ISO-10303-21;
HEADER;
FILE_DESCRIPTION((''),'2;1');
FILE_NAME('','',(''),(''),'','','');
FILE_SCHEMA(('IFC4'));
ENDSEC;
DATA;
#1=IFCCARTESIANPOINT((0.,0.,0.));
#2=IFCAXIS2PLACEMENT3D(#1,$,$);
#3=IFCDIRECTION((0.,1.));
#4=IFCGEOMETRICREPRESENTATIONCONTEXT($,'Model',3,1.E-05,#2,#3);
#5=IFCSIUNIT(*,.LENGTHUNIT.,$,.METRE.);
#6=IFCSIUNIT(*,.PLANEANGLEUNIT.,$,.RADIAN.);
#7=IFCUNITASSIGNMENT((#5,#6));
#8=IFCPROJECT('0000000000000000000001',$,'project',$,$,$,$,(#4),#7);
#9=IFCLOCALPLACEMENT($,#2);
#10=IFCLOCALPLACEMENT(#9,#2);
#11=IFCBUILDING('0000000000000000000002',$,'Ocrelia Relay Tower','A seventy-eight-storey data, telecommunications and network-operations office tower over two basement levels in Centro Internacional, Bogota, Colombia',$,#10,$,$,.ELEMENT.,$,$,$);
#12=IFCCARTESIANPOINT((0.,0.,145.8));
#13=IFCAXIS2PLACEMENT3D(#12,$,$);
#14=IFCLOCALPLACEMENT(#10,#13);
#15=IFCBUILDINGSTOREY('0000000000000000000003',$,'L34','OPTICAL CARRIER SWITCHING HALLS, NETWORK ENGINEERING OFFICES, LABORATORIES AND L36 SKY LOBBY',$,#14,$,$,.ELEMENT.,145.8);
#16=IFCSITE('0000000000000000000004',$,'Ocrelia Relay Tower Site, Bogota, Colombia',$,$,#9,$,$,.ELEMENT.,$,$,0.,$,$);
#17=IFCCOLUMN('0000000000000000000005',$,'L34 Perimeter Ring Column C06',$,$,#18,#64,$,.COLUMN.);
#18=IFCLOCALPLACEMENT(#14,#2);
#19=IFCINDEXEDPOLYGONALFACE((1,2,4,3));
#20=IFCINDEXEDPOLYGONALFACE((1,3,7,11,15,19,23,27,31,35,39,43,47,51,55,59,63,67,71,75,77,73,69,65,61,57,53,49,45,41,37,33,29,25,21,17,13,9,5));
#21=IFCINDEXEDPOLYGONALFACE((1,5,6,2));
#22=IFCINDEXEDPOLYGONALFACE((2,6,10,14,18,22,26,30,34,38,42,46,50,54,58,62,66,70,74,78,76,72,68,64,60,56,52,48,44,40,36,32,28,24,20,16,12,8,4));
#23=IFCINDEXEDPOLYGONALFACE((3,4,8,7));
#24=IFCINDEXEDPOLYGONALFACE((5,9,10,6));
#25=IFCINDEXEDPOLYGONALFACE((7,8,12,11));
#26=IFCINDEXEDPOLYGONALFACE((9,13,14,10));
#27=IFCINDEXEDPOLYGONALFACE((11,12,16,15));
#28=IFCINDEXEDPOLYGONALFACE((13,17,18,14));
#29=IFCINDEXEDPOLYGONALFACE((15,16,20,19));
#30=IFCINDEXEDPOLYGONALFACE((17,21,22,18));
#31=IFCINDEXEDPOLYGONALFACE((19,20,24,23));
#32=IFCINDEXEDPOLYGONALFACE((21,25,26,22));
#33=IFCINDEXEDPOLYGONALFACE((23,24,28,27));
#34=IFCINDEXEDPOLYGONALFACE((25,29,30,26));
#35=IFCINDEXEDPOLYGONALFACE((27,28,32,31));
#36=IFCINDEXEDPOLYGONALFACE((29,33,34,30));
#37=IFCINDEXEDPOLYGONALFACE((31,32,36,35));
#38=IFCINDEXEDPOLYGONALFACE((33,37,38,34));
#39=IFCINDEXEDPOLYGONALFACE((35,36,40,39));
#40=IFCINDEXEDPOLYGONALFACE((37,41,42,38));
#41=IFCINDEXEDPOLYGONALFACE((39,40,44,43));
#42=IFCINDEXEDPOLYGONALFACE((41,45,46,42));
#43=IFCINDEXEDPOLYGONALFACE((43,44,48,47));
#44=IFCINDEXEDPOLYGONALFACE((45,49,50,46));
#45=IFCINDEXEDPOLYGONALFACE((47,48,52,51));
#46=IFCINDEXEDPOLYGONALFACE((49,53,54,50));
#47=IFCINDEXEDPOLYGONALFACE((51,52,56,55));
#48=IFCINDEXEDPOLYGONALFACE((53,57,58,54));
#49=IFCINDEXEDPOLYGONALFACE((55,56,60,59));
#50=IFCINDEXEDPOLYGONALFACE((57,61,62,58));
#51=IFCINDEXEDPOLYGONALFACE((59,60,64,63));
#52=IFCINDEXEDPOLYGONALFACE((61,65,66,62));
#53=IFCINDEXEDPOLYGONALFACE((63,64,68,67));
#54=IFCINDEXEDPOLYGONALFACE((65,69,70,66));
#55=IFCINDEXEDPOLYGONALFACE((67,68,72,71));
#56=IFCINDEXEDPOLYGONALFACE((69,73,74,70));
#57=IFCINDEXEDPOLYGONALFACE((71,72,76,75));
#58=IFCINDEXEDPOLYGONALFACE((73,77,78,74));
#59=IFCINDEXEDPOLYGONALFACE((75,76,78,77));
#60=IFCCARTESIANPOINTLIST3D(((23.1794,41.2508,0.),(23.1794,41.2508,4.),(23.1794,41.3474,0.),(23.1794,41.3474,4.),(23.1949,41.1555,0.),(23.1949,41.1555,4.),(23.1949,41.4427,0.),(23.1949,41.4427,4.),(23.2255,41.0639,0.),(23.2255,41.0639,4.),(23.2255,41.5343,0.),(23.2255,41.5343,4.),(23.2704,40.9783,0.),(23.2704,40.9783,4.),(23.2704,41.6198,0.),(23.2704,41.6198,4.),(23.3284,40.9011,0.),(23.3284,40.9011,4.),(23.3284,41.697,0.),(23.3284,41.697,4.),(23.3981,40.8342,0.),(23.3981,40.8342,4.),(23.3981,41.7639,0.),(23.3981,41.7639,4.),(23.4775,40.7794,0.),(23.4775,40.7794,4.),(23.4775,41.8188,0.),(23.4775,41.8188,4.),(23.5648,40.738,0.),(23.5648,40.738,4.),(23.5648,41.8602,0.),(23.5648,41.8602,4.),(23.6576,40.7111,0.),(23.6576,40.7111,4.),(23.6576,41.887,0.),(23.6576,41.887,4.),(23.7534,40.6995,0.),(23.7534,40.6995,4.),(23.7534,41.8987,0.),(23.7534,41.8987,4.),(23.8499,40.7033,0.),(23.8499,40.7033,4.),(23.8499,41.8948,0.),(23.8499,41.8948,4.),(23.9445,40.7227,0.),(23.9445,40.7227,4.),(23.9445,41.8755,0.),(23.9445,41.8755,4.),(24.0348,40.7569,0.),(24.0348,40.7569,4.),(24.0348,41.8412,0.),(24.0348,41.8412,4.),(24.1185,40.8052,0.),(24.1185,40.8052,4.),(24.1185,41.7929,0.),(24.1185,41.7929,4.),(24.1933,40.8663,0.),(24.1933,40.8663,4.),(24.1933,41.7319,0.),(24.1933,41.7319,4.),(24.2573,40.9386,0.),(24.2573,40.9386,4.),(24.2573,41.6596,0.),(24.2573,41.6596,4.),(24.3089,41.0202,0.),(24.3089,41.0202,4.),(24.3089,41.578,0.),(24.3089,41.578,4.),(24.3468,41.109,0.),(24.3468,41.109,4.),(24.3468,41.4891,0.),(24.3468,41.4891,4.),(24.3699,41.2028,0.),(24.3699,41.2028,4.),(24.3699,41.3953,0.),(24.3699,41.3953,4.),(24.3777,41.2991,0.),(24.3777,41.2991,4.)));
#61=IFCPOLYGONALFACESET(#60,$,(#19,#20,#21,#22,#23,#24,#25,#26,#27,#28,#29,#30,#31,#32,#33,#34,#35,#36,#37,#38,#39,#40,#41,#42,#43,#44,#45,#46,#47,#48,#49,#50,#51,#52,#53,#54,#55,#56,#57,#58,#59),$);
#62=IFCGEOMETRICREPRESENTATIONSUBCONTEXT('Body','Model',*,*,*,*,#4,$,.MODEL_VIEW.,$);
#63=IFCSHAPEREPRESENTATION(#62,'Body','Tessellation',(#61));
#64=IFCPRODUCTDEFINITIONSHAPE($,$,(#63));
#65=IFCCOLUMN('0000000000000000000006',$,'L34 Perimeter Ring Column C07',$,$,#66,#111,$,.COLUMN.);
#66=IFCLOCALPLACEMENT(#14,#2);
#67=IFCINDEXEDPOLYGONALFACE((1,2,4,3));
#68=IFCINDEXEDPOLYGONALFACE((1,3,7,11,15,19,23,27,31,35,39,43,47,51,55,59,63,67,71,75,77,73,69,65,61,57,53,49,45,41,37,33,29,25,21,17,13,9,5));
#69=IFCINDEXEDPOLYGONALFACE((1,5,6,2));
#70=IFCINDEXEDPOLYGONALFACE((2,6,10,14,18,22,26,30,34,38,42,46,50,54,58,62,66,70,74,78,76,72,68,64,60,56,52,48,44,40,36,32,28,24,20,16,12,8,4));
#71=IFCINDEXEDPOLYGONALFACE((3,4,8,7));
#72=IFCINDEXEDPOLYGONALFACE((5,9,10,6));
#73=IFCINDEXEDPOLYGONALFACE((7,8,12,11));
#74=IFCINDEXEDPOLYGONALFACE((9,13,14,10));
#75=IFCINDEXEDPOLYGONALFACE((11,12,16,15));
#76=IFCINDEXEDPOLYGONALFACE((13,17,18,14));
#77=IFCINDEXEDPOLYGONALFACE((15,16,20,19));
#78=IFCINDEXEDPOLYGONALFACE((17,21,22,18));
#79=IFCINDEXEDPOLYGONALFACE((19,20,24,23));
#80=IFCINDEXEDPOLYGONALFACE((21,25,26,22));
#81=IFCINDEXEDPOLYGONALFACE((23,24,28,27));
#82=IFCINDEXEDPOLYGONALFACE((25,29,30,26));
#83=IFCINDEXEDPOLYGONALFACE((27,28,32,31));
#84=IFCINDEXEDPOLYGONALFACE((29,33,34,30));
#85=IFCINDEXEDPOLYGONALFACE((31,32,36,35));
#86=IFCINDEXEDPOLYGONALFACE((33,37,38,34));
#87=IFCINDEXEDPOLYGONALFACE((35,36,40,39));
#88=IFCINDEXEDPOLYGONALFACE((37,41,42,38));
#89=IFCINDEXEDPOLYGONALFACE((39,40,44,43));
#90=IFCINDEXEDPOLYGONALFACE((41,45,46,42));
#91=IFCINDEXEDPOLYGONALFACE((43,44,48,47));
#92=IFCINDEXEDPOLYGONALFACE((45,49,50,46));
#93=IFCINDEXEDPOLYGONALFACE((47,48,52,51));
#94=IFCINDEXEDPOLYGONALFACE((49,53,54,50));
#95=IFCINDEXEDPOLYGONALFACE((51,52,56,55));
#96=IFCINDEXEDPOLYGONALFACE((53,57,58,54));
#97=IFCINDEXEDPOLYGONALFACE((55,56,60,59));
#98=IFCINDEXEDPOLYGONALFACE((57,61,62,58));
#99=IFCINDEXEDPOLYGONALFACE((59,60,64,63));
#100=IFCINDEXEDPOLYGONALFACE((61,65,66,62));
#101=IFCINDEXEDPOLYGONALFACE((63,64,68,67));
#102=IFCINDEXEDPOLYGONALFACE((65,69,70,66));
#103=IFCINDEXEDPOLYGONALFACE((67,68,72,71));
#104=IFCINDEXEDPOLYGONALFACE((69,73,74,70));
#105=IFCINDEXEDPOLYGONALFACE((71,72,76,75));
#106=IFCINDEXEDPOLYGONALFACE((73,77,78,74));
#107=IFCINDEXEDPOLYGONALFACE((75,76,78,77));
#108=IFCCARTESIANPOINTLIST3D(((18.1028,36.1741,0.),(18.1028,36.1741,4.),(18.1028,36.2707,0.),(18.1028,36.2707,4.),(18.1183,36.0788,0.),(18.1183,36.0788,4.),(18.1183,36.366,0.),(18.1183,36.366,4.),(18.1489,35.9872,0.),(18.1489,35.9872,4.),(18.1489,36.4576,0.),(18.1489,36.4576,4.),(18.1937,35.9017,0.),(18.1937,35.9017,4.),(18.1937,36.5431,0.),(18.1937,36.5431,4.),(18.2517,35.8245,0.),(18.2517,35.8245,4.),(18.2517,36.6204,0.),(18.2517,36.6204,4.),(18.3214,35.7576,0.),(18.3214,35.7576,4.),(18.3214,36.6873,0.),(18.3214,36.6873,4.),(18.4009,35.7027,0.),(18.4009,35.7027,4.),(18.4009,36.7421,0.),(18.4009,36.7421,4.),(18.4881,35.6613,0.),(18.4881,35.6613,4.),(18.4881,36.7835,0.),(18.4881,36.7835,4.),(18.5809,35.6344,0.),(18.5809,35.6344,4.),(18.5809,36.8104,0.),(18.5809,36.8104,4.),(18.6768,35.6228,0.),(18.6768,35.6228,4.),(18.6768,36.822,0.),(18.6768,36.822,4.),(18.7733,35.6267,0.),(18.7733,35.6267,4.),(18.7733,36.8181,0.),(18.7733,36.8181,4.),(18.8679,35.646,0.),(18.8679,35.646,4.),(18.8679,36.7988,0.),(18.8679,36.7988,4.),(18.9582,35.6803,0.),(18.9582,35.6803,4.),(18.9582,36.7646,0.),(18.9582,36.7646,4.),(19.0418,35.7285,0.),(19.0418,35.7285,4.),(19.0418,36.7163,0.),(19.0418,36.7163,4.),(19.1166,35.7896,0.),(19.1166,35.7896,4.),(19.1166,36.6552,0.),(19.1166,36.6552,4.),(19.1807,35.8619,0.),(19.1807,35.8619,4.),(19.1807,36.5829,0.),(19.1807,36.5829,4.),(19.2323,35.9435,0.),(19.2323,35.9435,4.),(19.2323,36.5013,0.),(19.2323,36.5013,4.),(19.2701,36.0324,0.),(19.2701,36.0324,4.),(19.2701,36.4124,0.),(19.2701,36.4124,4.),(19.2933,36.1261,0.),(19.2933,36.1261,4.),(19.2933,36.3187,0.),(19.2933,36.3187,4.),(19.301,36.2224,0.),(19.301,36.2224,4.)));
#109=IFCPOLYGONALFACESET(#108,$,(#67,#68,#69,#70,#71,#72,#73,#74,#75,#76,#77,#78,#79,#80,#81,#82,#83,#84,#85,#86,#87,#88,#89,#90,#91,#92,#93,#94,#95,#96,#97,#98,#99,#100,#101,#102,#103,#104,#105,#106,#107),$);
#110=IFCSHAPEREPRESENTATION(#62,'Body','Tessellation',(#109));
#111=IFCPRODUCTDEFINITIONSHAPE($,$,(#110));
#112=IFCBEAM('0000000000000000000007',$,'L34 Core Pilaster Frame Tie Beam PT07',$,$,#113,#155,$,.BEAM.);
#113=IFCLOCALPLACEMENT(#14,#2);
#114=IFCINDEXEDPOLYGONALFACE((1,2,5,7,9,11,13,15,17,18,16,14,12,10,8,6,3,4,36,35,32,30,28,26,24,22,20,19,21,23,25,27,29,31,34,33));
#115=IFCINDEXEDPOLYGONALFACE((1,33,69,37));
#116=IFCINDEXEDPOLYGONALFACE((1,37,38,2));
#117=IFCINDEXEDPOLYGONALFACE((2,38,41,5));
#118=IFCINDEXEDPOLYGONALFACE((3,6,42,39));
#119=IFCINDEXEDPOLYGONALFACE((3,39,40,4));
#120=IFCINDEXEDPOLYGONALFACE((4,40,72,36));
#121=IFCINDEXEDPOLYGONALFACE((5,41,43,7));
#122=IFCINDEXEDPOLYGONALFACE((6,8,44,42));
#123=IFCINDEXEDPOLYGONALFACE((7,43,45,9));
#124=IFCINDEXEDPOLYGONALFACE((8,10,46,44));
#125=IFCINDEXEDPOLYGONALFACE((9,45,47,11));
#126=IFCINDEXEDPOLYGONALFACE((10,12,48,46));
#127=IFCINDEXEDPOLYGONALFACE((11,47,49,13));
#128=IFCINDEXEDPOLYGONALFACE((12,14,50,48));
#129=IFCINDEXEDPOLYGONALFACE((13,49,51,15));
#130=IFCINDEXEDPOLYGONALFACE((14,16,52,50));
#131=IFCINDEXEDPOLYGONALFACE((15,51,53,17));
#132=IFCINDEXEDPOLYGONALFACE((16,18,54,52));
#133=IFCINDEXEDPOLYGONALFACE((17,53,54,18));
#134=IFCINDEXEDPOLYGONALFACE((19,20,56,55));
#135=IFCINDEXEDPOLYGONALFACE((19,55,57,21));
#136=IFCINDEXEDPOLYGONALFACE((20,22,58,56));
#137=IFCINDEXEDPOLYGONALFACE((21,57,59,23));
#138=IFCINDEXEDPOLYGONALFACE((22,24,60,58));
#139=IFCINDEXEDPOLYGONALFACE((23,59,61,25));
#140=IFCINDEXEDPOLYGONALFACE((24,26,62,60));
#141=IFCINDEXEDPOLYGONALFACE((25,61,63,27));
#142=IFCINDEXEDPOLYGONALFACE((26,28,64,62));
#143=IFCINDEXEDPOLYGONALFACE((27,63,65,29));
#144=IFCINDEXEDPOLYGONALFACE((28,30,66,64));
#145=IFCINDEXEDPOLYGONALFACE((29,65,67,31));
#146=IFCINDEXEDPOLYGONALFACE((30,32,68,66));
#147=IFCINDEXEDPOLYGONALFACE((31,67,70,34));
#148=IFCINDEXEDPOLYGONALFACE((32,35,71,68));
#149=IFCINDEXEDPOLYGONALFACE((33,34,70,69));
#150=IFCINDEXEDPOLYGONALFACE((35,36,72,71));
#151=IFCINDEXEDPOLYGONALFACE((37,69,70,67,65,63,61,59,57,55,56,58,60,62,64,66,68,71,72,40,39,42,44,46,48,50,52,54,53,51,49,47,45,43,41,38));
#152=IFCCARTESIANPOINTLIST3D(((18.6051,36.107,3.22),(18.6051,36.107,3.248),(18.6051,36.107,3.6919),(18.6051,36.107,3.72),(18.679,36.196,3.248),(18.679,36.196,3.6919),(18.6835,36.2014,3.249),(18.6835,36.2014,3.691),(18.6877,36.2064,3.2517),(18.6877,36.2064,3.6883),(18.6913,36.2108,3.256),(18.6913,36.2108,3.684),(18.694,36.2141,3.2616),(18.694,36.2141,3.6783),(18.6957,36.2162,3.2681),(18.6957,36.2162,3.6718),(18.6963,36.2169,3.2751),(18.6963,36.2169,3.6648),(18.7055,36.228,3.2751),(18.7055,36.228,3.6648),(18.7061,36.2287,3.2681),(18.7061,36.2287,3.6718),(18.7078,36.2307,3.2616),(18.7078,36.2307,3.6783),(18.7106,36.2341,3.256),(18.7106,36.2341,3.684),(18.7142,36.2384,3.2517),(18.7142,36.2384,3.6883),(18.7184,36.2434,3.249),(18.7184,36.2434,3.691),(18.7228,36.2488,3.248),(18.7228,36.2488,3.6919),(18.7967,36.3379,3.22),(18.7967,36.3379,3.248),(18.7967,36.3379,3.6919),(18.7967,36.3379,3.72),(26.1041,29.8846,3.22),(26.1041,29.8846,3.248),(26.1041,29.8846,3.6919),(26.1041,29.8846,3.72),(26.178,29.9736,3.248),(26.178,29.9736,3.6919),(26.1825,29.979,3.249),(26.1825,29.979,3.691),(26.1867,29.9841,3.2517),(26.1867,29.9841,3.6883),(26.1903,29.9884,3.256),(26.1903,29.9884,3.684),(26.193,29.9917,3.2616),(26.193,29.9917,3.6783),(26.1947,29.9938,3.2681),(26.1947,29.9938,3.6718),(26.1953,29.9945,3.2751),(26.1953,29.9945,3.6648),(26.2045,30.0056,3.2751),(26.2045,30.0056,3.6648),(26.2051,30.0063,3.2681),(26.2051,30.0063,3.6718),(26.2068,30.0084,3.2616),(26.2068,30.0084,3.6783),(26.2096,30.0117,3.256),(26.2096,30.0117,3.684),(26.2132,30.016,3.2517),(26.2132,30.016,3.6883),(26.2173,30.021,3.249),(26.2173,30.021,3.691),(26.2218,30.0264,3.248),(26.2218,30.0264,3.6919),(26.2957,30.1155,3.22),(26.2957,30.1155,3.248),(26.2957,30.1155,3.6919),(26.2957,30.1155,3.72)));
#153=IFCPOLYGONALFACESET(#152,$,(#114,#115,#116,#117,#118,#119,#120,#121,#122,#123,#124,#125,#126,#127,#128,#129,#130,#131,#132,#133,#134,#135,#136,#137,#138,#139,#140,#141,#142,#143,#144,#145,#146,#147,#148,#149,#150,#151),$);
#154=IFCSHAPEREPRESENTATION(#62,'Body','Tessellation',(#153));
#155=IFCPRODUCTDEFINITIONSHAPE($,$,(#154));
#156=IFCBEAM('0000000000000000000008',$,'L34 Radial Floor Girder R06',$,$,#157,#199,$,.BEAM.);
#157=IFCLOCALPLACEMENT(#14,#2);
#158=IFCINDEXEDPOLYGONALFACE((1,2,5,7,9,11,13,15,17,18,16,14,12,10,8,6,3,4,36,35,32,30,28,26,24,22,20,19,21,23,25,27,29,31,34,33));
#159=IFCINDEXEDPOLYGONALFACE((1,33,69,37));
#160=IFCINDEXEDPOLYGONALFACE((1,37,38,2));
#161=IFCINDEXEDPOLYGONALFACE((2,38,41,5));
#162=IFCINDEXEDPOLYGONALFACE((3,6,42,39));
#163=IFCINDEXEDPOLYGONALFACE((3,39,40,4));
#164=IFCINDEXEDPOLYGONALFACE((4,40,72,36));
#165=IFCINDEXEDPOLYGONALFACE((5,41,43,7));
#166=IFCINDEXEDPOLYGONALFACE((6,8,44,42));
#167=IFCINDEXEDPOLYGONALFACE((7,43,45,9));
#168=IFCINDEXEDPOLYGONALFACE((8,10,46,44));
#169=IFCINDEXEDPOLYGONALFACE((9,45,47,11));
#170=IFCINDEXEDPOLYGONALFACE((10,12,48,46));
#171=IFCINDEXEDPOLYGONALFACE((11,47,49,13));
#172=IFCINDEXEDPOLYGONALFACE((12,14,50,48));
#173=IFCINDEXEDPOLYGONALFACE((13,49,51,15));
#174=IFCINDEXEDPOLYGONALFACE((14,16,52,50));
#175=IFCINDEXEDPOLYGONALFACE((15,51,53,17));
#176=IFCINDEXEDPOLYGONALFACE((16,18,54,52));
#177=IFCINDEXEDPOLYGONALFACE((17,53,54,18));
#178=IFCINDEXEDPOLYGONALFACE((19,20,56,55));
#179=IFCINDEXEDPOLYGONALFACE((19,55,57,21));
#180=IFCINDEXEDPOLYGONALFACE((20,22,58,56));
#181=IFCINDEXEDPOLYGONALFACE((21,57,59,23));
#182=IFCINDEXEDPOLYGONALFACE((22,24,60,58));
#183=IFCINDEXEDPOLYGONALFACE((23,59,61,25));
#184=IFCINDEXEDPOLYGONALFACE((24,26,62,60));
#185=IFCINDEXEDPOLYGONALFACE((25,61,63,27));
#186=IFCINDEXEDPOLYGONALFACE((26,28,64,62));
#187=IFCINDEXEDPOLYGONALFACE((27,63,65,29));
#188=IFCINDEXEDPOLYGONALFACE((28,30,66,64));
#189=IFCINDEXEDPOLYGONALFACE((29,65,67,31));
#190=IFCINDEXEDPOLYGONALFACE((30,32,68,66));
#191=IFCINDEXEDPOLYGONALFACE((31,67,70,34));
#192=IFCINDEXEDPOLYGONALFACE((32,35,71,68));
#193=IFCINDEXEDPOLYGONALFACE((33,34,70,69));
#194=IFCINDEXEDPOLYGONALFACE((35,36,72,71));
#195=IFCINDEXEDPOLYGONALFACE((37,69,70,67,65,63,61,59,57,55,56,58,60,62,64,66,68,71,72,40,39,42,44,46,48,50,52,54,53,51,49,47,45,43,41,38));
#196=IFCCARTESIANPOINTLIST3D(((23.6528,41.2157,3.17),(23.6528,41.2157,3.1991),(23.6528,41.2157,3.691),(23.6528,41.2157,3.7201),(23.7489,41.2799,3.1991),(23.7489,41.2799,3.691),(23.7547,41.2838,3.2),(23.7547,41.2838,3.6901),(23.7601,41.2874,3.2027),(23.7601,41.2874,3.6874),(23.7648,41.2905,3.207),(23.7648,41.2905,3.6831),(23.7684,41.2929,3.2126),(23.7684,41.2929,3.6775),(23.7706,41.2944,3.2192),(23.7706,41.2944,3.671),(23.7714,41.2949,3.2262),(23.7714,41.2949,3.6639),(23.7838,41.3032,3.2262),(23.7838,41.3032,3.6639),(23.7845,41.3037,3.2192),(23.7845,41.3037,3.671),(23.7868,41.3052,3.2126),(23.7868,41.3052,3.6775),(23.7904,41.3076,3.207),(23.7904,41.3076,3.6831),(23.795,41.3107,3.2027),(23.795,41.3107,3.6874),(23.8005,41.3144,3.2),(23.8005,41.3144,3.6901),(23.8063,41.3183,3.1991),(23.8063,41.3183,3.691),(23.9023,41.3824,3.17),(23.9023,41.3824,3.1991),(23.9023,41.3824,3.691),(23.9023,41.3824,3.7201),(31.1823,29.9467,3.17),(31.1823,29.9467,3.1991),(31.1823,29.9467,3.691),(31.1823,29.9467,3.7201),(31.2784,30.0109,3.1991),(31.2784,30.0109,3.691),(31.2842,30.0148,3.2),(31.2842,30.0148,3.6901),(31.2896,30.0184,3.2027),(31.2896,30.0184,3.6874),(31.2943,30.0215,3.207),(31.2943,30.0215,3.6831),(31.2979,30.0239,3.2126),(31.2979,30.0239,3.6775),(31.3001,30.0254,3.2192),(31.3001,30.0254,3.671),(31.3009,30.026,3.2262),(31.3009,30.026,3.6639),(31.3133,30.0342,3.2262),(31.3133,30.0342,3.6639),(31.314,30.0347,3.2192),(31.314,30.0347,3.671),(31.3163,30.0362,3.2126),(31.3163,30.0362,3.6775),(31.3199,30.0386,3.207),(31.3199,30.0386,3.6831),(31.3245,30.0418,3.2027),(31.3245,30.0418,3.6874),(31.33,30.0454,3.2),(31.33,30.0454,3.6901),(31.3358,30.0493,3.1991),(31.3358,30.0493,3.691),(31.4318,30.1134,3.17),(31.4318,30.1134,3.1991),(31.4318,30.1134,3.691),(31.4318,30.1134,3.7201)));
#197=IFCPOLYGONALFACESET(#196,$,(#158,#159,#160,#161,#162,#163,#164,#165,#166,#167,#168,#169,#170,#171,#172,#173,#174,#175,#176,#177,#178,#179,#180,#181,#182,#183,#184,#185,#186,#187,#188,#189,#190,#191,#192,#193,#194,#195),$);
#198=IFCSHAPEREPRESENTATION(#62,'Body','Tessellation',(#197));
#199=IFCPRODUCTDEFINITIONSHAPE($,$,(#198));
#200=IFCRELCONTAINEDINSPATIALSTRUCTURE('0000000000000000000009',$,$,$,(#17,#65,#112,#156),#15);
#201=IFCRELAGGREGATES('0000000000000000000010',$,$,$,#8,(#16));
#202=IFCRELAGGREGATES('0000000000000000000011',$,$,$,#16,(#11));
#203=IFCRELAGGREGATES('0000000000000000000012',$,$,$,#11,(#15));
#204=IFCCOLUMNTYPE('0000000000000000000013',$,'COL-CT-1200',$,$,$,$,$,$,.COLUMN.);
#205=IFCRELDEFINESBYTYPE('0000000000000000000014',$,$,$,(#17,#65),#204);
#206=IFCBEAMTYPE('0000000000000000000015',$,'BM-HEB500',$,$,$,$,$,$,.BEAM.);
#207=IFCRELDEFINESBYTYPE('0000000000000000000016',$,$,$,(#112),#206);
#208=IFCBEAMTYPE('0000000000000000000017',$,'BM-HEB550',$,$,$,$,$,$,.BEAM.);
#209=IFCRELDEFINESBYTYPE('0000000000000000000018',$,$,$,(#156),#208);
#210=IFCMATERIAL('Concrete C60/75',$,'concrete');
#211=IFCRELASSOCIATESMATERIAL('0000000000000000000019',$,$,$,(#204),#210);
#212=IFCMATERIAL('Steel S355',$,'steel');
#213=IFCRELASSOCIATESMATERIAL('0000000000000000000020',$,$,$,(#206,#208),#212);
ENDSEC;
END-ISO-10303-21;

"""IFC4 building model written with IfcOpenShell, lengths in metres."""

from ifc_helpers import new_model, si_unit, direction, frame, origin, origin_2d, place, context, subcontext, project, spatial, circle, i_section, extrude, material, material_profile, profile_set, type_object, element, save


model = new_model("IFC4")

# Units and contexts
model_context = context("Model", 3, precision=1e-05, world=origin(), true_north=direction((0.0, 1.0)))
body_context = subcontext(model_context, "Body", "Model", "MODEL_VIEW")
ifc_project = project(units=[si_unit("LENGTHUNIT", "METRE"), si_unit("PLANEANGLEUNIT", "RADIAN")], contexts=[model_context])

# Site, building, storey
site_placement = place(None, origin())
site = spatial("IfcSite", under=ifc_project, at=site_placement, Name="Ocrelia Relay Tower Site, Bogota, Colombia", CompositionType="ELEMENT", RefElevation=0.0)
building_placement = place(site_placement, origin())
building = spatial("IfcBuilding", under=site, at=building_placement, Name="Ocrelia Relay Tower", Description="A seventy-eight-storey data, telecommunications and network-operations office tower over two basement levels in Centro Internacional, Bogota, Colombia", CompositionType="ELEMENT")
storey_placement = place(building_placement, frame((0.0, 0.0, 145.8)))
storey = spatial("IfcBuildingStorey", under=building, at=storey_placement, Name="L34", Description="OPTICAL CARRIER SWITCHING HALLS, NETWORK ENGINEERING OFFICES, LABORATORIES AND L36 SKY LOBBY", CompositionType="ELEMENT", Elevation=145.8)

# Columns
ifc_material_1 = material(Name="Concrete C60/75", Category="concrete")
ifc_material_profile_1 = material_profile(ifc_material_1, circle(Radius=0.6001, at=origin_2d()), Name="RC-CIR-1200")
ifc_profile_set_1 = profile_set([ifc_material_profile_1], Name="Concrete C60/75")
column_type = type_object("IfcColumnType", Name="COL-CT-1200", PredefinedType="COLUMN", material=ifc_profile_set_1)
for number, where, z_axis, x_axis, name in (
    (1, (23.7776, 41.2991, 0.0), (0.0, 0.0, 1.0), (1.0, 0.0, 0.0), "L34 Perimeter Ring Column C06"),
    (2, (18.7009, 36.2224, 0.0), (0.0, 0.0, 1.0), (1.0, 0.0, 0.0), "L34 Perimeter Ring Column C07"),
):
    element("IfcColumn", number, at=place(storey_placement, frame(where, z_axis=z_axis, x_axis=x_axis)), inside=storey, type_object=column_type, Name=name, PredefinedType="COLUMN", context=body_context, shape_type="SweptSolid", body=[
        extrude(circle(Radius=0.6001, at=origin_2d()), origin(), (0.0, 0.0, 1.0), 4.0),
    ])

# Beams
ifc_material_2 = material(Name="Steel S355", Category="steel")
ifc_material_profile_2 = material_profile(ifc_material_2, i_section(OverallWidth=0.3, OverallDepth=0.5, WebThickness=0.0144, FlangeThickness=0.0281, FilletRadius=0.0271, at=origin_2d()), Name="HEB 500")
ifc_profile_set_2 = profile_set([ifc_material_profile_2], Name="Steel S355")
beam_type_1 = type_object("IfcBeamType", Name="BM-HEB500", PredefinedType="BEAM", material=ifc_profile_set_2)
beam_1_placement = place(storey_placement, frame((18.7009, 36.2224, 3.47), z_axis=(0.769571, -0.638561, 0.0), x_axis=(0.638561, 0.769571, 0.0)))
element("IfcBeam", 3, at=beam_1_placement, inside=storey, type_object=beam_type_1, Name="L34 Core Pilaster Frame Tie Beam PT07", PredefinedType="BEAM", context=body_context, shape_type="SweptSolid", body=[
    extrude(i_section(OverallWidth=0.3, OverallDepth=0.5, WebThickness=0.0144, FlangeThickness=0.0281, FilletRadius=0.0271, at=origin_2d()), origin(), (0.0, 0.0, 1.0), 9.7444),
])
ifc_material_profile_3 = material_profile(ifc_material_2, i_section(OverallWidth=0.3, OverallDepth=0.55, WebThickness=0.0149, FlangeThickness=0.0291, FilletRadius=0.0271, at=origin_2d()), Name="HEB 550")
ifc_profile_set_3 = profile_set([ifc_material_profile_3], Name="Steel S355")
beam_type_2 = type_object("IfcBeamType", Name="BM-HEB550", PredefinedType="BEAM", material=ifc_profile_set_3)
beam_2_placement = place(storey_placement, frame((23.7776, 41.2991, 3.4451), z_axis=(0.55556, -0.831476, 0.0), x_axis=(0.831476, 0.55556, 0.0)))
element("IfcBeam", 4, at=beam_2_placement, inside=storey, type_object=beam_type_2, Name="L34 Radial Floor Girder R06", PredefinedType="BEAM", context=body_context, shape_type="SweptSolid", body=[
    extrude(i_section(OverallWidth=0.3, OverallDepth=0.55, WebThickness=0.0149, FlangeThickness=0.0291, FilletRadius=0.0271, at=origin_2d()), origin(), (0.0, 0.0, 1.0), 13.553),
])

save(model, "model.ifc")
